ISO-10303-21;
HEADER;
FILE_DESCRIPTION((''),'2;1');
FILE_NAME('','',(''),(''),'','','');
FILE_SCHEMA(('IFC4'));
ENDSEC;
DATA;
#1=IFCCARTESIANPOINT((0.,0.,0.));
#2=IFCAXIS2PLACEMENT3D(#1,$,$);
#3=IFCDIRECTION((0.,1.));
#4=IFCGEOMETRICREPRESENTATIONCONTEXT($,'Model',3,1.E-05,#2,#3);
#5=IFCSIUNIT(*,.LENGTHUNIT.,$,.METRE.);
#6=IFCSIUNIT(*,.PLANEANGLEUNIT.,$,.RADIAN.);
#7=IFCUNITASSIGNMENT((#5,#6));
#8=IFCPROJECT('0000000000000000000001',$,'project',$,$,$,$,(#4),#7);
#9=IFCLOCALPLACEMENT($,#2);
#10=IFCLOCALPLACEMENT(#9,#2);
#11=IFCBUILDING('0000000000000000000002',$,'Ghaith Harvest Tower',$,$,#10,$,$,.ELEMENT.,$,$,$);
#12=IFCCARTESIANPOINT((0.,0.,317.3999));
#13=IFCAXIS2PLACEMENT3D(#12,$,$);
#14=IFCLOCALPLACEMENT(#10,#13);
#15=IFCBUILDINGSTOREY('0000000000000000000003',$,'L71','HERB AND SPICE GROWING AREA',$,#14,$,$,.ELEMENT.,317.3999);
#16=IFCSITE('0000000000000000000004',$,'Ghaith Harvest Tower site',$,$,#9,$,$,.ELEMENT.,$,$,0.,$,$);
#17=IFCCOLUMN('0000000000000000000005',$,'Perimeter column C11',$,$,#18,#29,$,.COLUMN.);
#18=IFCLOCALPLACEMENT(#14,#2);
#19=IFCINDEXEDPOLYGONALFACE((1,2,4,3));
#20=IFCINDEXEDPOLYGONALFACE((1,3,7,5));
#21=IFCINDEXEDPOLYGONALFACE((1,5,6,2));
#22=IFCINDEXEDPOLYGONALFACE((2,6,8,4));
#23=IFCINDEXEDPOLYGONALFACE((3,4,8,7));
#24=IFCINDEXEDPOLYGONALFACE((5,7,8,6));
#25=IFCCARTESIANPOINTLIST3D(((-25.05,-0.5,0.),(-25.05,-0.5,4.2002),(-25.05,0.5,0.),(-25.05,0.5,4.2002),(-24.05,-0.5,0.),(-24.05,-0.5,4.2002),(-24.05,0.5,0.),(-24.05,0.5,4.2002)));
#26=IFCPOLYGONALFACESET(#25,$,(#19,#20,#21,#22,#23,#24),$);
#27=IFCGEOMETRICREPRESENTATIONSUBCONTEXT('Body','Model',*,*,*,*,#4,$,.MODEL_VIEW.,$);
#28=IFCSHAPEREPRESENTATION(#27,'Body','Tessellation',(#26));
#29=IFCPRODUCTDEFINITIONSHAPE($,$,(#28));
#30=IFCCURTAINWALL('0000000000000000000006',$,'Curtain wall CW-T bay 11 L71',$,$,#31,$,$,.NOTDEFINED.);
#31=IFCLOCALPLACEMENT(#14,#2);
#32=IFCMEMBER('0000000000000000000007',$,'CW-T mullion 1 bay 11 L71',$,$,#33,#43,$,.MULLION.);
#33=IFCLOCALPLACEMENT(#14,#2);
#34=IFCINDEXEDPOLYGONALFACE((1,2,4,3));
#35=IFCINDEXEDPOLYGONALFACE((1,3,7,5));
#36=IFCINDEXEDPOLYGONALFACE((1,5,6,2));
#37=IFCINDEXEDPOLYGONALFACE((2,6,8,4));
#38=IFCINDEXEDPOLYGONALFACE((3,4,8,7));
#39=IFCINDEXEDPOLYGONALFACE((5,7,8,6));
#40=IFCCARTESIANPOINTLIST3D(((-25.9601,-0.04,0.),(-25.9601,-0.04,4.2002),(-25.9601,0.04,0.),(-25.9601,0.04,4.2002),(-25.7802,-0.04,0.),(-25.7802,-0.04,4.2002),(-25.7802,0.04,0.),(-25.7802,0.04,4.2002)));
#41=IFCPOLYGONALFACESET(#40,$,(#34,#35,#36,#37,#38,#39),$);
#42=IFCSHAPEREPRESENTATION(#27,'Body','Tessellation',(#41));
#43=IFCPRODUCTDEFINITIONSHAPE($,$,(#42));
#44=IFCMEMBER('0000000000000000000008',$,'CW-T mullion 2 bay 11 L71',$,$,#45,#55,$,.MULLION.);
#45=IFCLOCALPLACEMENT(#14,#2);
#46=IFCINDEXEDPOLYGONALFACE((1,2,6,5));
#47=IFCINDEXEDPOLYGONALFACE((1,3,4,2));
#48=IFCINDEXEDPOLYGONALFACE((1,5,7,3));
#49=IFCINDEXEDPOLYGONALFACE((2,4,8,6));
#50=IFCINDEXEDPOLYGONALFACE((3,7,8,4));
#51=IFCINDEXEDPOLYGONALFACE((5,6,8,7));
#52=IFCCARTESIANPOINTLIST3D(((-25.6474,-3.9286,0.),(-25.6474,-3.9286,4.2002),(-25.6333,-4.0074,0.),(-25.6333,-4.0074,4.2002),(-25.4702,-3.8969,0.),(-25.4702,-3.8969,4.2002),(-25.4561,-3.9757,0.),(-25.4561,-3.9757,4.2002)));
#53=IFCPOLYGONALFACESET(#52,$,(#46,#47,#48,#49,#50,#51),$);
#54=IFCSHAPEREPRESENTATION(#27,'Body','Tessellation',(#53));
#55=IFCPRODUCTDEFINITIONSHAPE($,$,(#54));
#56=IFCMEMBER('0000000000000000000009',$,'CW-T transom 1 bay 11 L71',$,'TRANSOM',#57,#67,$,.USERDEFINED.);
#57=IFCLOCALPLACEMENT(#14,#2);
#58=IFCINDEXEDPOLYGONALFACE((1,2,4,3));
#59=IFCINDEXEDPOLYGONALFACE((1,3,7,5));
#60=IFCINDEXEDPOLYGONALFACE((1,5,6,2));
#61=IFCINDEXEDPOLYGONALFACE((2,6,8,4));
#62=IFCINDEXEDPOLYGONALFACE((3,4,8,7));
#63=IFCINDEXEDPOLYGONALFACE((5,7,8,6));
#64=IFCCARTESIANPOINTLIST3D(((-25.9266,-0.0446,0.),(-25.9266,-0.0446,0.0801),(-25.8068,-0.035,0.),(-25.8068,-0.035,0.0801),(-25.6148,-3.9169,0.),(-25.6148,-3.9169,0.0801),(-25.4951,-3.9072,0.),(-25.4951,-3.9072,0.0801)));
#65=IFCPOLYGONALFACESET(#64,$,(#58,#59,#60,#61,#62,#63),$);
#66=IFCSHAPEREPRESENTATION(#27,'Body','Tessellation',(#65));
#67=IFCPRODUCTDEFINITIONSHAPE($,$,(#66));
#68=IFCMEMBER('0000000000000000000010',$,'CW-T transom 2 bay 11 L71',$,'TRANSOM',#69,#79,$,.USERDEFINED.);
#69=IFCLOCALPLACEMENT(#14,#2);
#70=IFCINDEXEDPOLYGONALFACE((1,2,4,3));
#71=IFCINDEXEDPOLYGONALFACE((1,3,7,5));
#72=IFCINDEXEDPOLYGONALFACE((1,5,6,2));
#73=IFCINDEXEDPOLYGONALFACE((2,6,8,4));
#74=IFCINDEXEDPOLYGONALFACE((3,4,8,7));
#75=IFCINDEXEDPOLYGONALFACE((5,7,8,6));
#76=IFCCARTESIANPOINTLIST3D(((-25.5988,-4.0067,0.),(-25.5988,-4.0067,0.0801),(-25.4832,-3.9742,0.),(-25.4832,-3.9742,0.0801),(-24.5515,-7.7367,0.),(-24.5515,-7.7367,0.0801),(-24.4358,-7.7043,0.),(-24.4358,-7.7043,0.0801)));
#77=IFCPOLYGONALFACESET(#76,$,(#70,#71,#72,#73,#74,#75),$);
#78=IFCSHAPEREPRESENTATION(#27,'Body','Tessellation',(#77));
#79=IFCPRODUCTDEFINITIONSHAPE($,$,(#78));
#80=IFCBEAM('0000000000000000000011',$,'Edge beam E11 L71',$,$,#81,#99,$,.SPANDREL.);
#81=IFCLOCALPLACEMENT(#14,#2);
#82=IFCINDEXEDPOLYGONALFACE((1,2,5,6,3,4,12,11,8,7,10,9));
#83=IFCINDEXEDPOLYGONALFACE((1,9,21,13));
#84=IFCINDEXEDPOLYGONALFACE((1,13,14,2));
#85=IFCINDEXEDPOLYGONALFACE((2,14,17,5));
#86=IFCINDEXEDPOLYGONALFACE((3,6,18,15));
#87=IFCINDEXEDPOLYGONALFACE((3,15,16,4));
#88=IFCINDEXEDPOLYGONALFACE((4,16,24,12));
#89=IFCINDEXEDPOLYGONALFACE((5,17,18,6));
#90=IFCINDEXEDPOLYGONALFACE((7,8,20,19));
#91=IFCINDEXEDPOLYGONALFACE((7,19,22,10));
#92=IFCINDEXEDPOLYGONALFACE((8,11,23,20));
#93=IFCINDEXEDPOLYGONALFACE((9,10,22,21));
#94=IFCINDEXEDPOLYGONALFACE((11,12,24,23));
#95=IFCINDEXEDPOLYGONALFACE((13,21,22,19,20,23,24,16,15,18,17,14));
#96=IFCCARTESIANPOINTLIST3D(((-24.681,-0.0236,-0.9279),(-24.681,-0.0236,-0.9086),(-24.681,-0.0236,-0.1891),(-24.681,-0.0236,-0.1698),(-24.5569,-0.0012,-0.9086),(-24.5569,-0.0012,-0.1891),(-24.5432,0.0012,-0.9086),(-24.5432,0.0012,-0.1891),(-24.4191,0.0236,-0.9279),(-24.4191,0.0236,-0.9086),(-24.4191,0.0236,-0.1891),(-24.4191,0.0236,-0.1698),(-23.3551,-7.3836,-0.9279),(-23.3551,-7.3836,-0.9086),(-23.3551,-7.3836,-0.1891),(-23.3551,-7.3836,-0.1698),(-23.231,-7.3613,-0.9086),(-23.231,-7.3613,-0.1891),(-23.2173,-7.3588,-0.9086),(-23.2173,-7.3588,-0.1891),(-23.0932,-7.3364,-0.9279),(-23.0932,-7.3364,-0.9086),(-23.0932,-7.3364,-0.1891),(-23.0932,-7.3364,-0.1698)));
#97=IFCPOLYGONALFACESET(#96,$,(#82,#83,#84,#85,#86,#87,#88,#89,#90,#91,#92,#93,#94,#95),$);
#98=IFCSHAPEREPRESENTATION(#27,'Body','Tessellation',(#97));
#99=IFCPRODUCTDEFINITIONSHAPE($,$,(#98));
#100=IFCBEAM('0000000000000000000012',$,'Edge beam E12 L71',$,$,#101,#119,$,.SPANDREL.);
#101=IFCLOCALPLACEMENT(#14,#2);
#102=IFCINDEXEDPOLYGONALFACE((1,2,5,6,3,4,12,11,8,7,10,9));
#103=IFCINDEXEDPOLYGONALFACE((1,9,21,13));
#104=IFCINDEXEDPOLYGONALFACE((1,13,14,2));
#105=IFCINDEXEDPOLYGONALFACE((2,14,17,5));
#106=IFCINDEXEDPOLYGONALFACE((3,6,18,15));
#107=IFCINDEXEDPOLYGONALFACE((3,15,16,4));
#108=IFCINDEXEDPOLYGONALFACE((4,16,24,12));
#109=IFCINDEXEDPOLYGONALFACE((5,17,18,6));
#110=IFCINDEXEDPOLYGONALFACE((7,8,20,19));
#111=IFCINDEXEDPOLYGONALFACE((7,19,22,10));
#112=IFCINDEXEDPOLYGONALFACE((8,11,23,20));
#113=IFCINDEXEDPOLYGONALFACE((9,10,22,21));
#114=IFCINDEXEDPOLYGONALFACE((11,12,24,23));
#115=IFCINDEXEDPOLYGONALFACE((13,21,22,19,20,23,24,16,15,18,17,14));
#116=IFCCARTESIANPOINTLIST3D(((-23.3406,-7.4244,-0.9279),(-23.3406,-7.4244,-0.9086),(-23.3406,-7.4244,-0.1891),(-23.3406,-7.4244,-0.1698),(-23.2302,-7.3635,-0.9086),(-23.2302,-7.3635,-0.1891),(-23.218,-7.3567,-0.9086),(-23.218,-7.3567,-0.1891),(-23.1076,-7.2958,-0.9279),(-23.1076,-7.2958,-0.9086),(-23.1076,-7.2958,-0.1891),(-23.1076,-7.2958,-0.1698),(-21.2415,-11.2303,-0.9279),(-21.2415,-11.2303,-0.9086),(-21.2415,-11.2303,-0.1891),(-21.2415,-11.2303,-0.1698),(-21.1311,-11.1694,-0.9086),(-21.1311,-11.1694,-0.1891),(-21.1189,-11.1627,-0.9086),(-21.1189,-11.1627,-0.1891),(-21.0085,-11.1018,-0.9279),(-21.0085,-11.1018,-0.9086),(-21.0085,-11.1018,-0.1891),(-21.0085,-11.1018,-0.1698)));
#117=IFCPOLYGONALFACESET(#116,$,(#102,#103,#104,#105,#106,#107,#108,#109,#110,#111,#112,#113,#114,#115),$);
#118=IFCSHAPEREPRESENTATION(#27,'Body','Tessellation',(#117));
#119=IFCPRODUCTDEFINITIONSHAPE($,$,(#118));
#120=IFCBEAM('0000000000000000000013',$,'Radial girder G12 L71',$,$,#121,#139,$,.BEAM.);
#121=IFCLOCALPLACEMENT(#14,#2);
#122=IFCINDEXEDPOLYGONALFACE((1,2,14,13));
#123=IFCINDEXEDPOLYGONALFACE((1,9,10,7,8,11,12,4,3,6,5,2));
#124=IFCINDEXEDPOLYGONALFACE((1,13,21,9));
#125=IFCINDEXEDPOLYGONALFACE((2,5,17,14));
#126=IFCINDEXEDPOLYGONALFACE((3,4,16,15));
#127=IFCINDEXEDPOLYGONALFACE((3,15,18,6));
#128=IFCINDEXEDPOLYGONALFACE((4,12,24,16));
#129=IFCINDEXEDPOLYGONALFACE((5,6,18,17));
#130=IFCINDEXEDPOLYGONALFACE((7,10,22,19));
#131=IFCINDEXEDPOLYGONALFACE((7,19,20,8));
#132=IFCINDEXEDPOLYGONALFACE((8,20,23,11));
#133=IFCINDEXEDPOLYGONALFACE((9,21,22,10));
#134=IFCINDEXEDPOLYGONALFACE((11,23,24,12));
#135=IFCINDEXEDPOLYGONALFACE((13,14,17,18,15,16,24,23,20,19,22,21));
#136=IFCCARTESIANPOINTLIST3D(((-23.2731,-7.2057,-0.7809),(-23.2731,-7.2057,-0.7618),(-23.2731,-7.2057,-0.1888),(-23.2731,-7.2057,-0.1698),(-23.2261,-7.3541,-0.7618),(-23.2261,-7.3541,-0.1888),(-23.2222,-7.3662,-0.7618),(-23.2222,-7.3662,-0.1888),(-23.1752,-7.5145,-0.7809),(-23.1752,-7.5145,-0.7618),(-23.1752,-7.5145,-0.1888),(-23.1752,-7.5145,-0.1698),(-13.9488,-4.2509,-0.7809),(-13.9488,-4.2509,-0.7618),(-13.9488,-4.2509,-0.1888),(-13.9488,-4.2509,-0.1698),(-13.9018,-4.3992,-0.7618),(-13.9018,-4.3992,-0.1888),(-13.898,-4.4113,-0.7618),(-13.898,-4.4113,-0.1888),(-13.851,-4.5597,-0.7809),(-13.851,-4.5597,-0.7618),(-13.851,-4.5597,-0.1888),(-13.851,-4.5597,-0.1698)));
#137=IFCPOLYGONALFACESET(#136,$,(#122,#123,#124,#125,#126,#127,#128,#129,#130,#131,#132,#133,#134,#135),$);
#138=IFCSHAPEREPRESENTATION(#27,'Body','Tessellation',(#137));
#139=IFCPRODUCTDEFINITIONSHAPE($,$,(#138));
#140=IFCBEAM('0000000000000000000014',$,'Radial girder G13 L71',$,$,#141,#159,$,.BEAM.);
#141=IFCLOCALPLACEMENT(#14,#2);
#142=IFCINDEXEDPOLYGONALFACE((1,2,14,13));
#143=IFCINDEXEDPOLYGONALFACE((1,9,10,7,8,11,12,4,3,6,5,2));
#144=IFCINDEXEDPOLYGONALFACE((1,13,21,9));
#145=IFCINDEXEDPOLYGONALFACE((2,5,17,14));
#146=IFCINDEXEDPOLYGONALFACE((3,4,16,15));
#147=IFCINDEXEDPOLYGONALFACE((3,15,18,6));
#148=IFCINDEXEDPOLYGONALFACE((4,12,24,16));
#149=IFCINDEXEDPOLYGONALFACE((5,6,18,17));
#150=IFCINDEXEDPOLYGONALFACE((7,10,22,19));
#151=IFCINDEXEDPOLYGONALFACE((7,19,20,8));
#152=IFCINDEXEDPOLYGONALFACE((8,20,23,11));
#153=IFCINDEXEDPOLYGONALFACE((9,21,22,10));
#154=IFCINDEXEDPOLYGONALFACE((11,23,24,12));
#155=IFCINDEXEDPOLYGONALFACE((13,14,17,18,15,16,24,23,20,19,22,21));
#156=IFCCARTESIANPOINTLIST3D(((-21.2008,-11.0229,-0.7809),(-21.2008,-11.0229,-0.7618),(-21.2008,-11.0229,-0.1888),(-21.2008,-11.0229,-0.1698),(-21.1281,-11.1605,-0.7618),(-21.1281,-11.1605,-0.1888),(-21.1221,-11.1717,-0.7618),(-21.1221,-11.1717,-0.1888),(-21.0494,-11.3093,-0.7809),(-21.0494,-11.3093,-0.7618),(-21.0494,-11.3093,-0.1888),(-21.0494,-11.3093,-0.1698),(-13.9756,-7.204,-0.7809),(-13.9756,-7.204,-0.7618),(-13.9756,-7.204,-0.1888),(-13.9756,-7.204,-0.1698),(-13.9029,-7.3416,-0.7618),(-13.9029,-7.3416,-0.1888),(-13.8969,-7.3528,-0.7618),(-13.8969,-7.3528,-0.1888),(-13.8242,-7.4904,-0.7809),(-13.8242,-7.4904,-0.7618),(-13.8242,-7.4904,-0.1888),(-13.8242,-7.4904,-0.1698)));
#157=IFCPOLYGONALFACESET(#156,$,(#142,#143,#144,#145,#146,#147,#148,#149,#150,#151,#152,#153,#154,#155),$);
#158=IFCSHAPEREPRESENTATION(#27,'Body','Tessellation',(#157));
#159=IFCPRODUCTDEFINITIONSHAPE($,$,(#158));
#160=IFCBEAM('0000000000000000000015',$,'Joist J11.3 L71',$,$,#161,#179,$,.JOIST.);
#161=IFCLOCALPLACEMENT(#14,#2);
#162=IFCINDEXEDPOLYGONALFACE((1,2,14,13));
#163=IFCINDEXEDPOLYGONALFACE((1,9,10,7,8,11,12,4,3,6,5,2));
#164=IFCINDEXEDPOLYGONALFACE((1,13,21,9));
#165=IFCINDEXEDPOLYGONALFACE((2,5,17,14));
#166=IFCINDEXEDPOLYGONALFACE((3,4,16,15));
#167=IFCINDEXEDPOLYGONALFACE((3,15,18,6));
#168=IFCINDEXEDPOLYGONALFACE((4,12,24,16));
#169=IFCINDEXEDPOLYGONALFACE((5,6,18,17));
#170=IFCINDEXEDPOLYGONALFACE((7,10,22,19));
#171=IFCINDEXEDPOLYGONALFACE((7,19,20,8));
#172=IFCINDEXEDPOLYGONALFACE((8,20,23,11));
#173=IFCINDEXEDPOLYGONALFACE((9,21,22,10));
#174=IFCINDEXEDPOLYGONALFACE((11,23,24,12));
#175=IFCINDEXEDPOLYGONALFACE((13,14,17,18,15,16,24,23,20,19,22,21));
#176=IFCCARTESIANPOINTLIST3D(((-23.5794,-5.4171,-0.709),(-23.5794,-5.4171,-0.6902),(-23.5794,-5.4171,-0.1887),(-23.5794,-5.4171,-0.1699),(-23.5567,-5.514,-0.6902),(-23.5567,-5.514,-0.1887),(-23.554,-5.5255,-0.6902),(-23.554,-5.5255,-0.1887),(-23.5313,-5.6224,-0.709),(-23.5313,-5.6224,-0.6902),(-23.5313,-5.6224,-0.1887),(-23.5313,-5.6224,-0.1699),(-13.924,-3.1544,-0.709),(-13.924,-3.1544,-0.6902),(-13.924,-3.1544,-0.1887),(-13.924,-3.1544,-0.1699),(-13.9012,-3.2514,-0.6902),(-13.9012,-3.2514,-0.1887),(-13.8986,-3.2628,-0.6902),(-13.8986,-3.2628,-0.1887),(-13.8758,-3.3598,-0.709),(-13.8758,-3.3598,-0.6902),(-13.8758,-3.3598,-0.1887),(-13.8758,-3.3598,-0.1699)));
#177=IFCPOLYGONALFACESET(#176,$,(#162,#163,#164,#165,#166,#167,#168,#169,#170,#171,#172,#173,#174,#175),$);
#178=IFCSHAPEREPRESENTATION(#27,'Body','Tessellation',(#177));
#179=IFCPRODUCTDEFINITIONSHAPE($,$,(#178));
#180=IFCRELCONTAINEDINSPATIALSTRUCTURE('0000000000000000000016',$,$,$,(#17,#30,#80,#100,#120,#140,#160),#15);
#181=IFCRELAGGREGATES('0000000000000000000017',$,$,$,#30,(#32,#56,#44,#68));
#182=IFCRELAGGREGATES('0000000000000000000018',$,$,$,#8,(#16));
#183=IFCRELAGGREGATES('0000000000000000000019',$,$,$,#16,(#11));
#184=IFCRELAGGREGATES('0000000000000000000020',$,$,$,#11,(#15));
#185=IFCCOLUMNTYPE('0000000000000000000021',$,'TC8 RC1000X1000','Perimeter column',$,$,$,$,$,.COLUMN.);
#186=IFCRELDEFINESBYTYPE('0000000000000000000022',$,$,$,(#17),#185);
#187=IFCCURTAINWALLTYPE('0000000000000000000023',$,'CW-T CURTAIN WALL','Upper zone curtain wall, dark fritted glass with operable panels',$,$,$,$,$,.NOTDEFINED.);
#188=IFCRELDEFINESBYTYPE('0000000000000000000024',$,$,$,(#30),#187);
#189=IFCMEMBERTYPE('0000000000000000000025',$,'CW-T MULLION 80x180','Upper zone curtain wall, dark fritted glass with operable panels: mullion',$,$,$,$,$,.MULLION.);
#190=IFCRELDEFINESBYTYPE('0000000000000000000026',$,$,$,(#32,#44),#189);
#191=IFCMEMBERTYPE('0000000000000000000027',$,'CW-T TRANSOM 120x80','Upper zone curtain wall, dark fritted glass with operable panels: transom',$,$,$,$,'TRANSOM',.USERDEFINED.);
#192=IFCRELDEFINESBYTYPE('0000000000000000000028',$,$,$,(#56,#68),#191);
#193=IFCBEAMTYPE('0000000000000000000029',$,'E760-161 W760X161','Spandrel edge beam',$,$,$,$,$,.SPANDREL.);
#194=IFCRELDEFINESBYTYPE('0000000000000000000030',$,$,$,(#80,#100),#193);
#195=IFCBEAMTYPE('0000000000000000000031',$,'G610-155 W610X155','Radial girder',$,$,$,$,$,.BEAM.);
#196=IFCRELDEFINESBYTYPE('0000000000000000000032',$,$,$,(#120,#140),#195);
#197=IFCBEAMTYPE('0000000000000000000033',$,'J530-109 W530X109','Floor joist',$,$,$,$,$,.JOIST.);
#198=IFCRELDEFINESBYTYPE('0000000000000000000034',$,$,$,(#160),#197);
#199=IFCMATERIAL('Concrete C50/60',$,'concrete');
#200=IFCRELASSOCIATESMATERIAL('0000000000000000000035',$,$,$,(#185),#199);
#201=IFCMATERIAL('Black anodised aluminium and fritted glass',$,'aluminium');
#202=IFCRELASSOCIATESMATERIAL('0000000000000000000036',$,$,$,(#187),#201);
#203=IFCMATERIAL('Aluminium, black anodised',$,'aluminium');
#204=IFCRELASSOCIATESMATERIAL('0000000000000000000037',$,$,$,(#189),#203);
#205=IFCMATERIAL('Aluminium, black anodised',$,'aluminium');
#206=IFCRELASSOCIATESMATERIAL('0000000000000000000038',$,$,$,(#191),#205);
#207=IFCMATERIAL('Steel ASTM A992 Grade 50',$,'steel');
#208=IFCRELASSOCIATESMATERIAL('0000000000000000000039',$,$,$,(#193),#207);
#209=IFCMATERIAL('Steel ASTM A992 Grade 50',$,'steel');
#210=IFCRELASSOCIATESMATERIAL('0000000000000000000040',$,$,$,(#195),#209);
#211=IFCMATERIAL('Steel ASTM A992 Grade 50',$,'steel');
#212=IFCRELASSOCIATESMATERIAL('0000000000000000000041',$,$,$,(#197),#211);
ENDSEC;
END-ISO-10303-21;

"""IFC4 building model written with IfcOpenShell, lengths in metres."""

from ifc_helpers import new_model, si_unit, direction, frame, origin, origin_2d, place, context, subcontext, project, spatial, rectangle, i_section, extrude, material, material_profile, profile_set, type_object, element, aggregate, save


model = new_model("IFC4")

# Units and contexts
model_context = context("Model", 3, precision=1e-05, world=origin(), true_north=direction((0.0, 1.0)))
body_context = subcontext(model_context, "Body", "Model", "MODEL_VIEW")
ifc_project = project(units=[si_unit("LENGTHUNIT", "METRE"), si_unit("PLANEANGLEUNIT", "RADIAN")], contexts=[model_context])

# Site, building, storey
site_placement = place(None, origin())
site = spatial("IfcSite", under=ifc_project, at=site_placement, Name="Ghaith Harvest Tower site", CompositionType="ELEMENT", RefElevation=0.0)
building_placement = place(site_placement, origin())
building = spatial("IfcBuilding", under=site, at=building_placement, Name="Ghaith Harvest Tower", CompositionType="ELEMENT")
storey_placement = place(building_placement, frame((0.0, 0.0, 317.3999)))
storey = spatial("IfcBuildingStorey", under=building, at=storey_placement, Name="L71", Description="HERB AND SPICE GROWING AREA", CompositionType="ELEMENT", Elevation=317.3999)

# Column
ifc_material_1 = material(Name="Concrete C50/60", Category="concrete")
ifc_material_profile_1 = material_profile(ifc_material_1, rectangle(XDim=1.0, YDim=1.0, at=origin_2d()), Name="RC1000X1000")
ifc_profile_set_1 = profile_set([ifc_material_profile_1], Name="Concrete C50/60")
column_type = type_object("IfcColumnType", Name="TC8 RC1000X1000", Description="Perimeter column", PredefinedType="COLUMN", material=ifc_profile_set_1)
column_placement = place(storey_placement, frame((-24.55, 0.0, 0.0), z_axis=(0.0, 0.0, 1.0), x_axis=(1.0, 0.0, 0.0)))
element("IfcColumn", 1, at=column_placement, inside=storey, type_object=column_type, Name="Perimeter column C11", PredefinedType="COLUMN", context=body_context, shape_type="SweptSolid", body=[
    extrude(rectangle(XDim=1.0, YDim=1.0, at=origin_2d()), origin(), (0.0, 0.0, 1.0), 4.2002),
])

# Curtain wall, members
ifc_material_2 = material(Name="Black anodised aluminium and fritted glass", Category="aluminium")
curtain_wall_type = type_object("IfcCurtainWallType", Name="CW-T CURTAIN WALL", Description="Upper zone curtain wall, dark fritted glass with operable panels", PredefinedType="NOTDEFINED", material=ifc_material_2)
curtain_wall_placement = place(storey_placement, origin())
curtain_wall = element("IfcCurtainWall", 2, at=curtain_wall_placement, inside=storey, type_object=curtain_wall_type, Name="Curtain wall CW-T bay 11 L71", PredefinedType="NOTDEFINED")
ifc_material_3 = material(Name="Aluminium, black anodised", Category="aluminium")
ifc_material_profile_2 = material_profile(ifc_material_3, rectangle(XDim=0.0801, YDim=0.1799, at=origin_2d()), Name="CW-T MULLION 80x180")
ifc_profile_set_2 = profile_set([ifc_material_profile_2], Name="Aluminium, black anodised")
member_type_1 = type_object("IfcMemberType", Name="CW-T MULLION 80x180", Description="Upper zone curtain wall, dark fritted glass with operable panels: mullion", PredefinedType="MULLION", material=ifc_profile_set_2)
member_1_placement = place(storey_placement, frame((-25.8701, 0.0, 0.0), z_axis=(0.0, 0.0, 1.0), x_axis=(0.0, -1.0, 0.0)))
member_1 = element("IfcMember", 3, at=member_1_placement, type_object=member_type_1, Name="CW-T mullion 1 bay 11 L71", PredefinedType="MULLION", context=body_context, shape_type="SweptSolid", body=[
    extrude(rectangle(XDim=0.0801, YDim=0.1799, at=origin_2d()), origin(), (0.0, 0.0, 1.0), 4.2002),
])
member_2_placement = place(storey_placement, frame((-25.5518, -3.9521, 0.0), z_axis=(0.0, 0.0, 1.0), x_axis=(0.176001, -0.98439, 0.0)))
member_2 = element("IfcMember", 4, at=member_2_placement, type_object=member_type_1, Name="CW-T mullion 2 bay 11 L71", PredefinedType="MULLION", context=body_context, shape_type="SweptSolid", body=[
    extrude(rectangle(XDim=0.0801, YDim=0.1799, at=origin_2d()), origin(), (0.0, 0.0, 1.0), 4.2002),
])
ifc_material_4 = material(Name="Aluminium, black anodised", Category="aluminium")
ifc_material_profile_3 = material_profile(ifc_material_4, rectangle(XDim=0.1201, YDim=0.0801, at=origin_2d()), Name="CW-T TRANSOM 120x80")
ifc_profile_set_3 = profile_set([ifc_material_profile_3], Name="Aluminium, black anodised")
member_type_2 = type_object("IfcMemberType", Name="CW-T TRANSOM 120x80", Description="Upper zone curtain wall, dark fritted glass with operable panels: transom", ElementType="TRANSOM", PredefinedType="USERDEFINED", material=ifc_profile_set_3)
member_3_placement = place(storey_placement, frame((-25.8667, -0.0398, 0.04), z_axis=(0.080252, -0.996775, 0.0), x_axis=(0.996775, 0.080252, 0.0)))
member_3 = element("IfcMember", 5, at=member_3_placement, type_object=member_type_2, Name="CW-T transom 1 bay 11 L71", ObjectType="TRANSOM", PredefinedType="USERDEFINED", context=body_context, shape_type="SweptSolid", body=[
    extrude(rectangle(XDim=0.1201, YDim=0.0801, at=origin_2d()), origin(), (0.0, 0.0, 1.0), 3.8848),
])
member_4_placement = place(storey_placement, frame((-25.541, -3.9905, 0.04), z_axis=(0.27034, -0.962765, 0.0), x_axis=(0.962765, 0.27034, 0.0)))
member_4 = element("IfcMember", 6, at=member_4_placement, type_object=member_type_2, Name="CW-T transom 2 bay 11 L71", ObjectType="TRANSOM", PredefinedType="USERDEFINED", context=body_context, shape_type="SweptSolid", body=[
    extrude(rectangle(XDim=0.1201, YDim=0.0801, at=origin_2d()), origin(), (0.0, 0.0, 1.0), 3.8743),
])

# Beams
ifc_material_5 = material(Name="Steel ASTM A992 Grade 50", Category="steel")
ifc_material_profile_4 = material_profile(ifc_material_5, i_section(OverallWidth=0.2661, OverallDepth=0.7581, WebThickness=0.0139, FlangeThickness=0.0193, at=origin_2d()), Name="W760X161")
ifc_profile_set_4 = profile_set([ifc_material_profile_4], Name="Steel ASTM A992 Grade 50")
beam_type_1 = type_object("IfcBeamType", Name="E760-161 W760X161", Description="Spandrel edge beam", PredefinedType="SPANDREL", material=ifc_profile_set_4)
beam_1_placement = place(storey_placement, frame((-24.55, 0.0, -0.5488), z_axis=(0.177297, -0.984157, 0.0), x_axis=(0.984157, 0.177297, 0.0)))
element("IfcBeam", 7, at=beam_1_placement, inside=storey, type_object=beam_type_1, Name="Edge beam E11 L71", PredefinedType="SPANDREL", context=body_context, shape_type="SweptSolid", body=[
    extrude(i_section(OverallWidth=0.2661, OverallDepth=0.7581, WebThickness=0.0139, FlangeThickness=0.0193, at=origin_2d()), origin(), (0.0, 0.0, 1.0), 7.4785),
])
beam_2_placement = place(storey_placement, frame((-23.2241, -7.3601, -0.5488), z_axis=(0.482956, -0.875645, 0.0), x_axis=(0.875645, 0.482956, 0.0)))
element("IfcBeam", 8, at=beam_2_placement, inside=storey, type_object=beam_type_1, Name="Edge beam E12 L71", PredefinedType="SPANDREL", context=body_context, shape_type="SweptSolid", body=[
    extrude(i_section(OverallWidth=0.2661, OverallDepth=0.7581, WebThickness=0.0139, FlangeThickness=0.0193, at=origin_2d()), origin(), (0.0, 0.0, 1.0), 4.3464),
])
ifc_material_6 = material(Name="Steel ASTM A992 Grade 50", Category="steel")
ifc_material_profile_5 = material_profile(ifc_material_6, i_section(OverallWidth=0.324, OverallDepth=0.6111, WebThickness=0.0127, FlangeThickness=0.019, at=origin_2d()), Name="W610X155")
ifc_profile_set_5 = profile_set([ifc_material_profile_5], Name="Steel ASTM A992 Grade 50")
beam_type_2 = type_object("IfcBeamType", Name="G610-155 W610X155", Description="Radial girder", PredefinedType="BEAM", material=ifc_profile_set_5)
beam_3_placement = place(storey_placement, frame((-13.8999, -4.4053, -0.4753), z_axis=(-0.953279, -0.302093, 0.0), x_axis=(0.302093, -0.953279, 0.0)))
element("IfcBeam", 9, at=beam_3_placement, inside=storey, type_object=beam_type_2, Name="Radial girder G12 L71", PredefinedType="BEAM", context=body_context, shape_type="SweptSolid", body=[
    extrude(i_section(OverallWidth=0.324, OverallDepth=0.6111, WebThickness=0.0127, FlangeThickness=0.019, at=origin_2d()), origin(), (0.0, 0.0, 1.0), 9.7812),
])
beam_4_placement = place(storey_placement, frame((-13.8999, -7.3472, -0.4753), z_axis=(-0.884102, -0.467295, 0.0), x_axis=(0.467295, -0.884102, 0.0)))
element("IfcBeam", 10, at=beam_4_placement, inside=storey, type_object=beam_type_2, Name="Radial girder G13 L71", PredefinedType="BEAM", context=body_context, shape_type="SweptSolid", body=[
    extrude(i_section(OverallWidth=0.324, OverallDepth=0.6111, WebThickness=0.0127, FlangeThickness=0.019, at=origin_2d()), origin(), (0.0, 0.0, 1.0), 8.1724),
])
ifc_material_7 = material(Name="Steel ASTM A992 Grade 50", Category="steel")
ifc_material_profile_6 = material_profile(ifc_material_7, i_section(OverallWidth=0.2109, OverallDepth=0.5391, WebThickness=0.0117, FlangeThickness=0.0188, at=origin_2d()), Name="W530X109")
ifc_profile_set_6 = profile_set([ifc_material_profile_6], Name="Steel ASTM A992 Grade 50")
beam_type_3 = type_object("IfcBeamType", Name="J530-109 W530X109", Description="Floor joist", PredefinedType="JOIST", material=ifc_profile_set_6)
beam_5_placement = place(storey_placement, frame((-13.8999, -3.2571, -0.4395), z_axis=(-0.973623, -0.228161, 0.0), x_axis=(0.228161, -0.973623, 0.0)))
element("IfcBeam", 11, at=beam_5_placement, inside=storey, type_object=beam_type_3, Name="Joist J11.3 L71", PredefinedType="JOIST", context=body_context, shape_type="SweptSolid", body=[
    extrude(i_section(OverallWidth=0.2109, OverallDepth=0.5391, WebThickness=0.0117, FlangeThickness=0.0188, at=origin_2d()), origin(), (0.0, 0.0, 1.0), 9.917),
])

aggregate(curtain_wall, [member_1, member_3, member_2, member_4])

save(model, "model.ifc")
